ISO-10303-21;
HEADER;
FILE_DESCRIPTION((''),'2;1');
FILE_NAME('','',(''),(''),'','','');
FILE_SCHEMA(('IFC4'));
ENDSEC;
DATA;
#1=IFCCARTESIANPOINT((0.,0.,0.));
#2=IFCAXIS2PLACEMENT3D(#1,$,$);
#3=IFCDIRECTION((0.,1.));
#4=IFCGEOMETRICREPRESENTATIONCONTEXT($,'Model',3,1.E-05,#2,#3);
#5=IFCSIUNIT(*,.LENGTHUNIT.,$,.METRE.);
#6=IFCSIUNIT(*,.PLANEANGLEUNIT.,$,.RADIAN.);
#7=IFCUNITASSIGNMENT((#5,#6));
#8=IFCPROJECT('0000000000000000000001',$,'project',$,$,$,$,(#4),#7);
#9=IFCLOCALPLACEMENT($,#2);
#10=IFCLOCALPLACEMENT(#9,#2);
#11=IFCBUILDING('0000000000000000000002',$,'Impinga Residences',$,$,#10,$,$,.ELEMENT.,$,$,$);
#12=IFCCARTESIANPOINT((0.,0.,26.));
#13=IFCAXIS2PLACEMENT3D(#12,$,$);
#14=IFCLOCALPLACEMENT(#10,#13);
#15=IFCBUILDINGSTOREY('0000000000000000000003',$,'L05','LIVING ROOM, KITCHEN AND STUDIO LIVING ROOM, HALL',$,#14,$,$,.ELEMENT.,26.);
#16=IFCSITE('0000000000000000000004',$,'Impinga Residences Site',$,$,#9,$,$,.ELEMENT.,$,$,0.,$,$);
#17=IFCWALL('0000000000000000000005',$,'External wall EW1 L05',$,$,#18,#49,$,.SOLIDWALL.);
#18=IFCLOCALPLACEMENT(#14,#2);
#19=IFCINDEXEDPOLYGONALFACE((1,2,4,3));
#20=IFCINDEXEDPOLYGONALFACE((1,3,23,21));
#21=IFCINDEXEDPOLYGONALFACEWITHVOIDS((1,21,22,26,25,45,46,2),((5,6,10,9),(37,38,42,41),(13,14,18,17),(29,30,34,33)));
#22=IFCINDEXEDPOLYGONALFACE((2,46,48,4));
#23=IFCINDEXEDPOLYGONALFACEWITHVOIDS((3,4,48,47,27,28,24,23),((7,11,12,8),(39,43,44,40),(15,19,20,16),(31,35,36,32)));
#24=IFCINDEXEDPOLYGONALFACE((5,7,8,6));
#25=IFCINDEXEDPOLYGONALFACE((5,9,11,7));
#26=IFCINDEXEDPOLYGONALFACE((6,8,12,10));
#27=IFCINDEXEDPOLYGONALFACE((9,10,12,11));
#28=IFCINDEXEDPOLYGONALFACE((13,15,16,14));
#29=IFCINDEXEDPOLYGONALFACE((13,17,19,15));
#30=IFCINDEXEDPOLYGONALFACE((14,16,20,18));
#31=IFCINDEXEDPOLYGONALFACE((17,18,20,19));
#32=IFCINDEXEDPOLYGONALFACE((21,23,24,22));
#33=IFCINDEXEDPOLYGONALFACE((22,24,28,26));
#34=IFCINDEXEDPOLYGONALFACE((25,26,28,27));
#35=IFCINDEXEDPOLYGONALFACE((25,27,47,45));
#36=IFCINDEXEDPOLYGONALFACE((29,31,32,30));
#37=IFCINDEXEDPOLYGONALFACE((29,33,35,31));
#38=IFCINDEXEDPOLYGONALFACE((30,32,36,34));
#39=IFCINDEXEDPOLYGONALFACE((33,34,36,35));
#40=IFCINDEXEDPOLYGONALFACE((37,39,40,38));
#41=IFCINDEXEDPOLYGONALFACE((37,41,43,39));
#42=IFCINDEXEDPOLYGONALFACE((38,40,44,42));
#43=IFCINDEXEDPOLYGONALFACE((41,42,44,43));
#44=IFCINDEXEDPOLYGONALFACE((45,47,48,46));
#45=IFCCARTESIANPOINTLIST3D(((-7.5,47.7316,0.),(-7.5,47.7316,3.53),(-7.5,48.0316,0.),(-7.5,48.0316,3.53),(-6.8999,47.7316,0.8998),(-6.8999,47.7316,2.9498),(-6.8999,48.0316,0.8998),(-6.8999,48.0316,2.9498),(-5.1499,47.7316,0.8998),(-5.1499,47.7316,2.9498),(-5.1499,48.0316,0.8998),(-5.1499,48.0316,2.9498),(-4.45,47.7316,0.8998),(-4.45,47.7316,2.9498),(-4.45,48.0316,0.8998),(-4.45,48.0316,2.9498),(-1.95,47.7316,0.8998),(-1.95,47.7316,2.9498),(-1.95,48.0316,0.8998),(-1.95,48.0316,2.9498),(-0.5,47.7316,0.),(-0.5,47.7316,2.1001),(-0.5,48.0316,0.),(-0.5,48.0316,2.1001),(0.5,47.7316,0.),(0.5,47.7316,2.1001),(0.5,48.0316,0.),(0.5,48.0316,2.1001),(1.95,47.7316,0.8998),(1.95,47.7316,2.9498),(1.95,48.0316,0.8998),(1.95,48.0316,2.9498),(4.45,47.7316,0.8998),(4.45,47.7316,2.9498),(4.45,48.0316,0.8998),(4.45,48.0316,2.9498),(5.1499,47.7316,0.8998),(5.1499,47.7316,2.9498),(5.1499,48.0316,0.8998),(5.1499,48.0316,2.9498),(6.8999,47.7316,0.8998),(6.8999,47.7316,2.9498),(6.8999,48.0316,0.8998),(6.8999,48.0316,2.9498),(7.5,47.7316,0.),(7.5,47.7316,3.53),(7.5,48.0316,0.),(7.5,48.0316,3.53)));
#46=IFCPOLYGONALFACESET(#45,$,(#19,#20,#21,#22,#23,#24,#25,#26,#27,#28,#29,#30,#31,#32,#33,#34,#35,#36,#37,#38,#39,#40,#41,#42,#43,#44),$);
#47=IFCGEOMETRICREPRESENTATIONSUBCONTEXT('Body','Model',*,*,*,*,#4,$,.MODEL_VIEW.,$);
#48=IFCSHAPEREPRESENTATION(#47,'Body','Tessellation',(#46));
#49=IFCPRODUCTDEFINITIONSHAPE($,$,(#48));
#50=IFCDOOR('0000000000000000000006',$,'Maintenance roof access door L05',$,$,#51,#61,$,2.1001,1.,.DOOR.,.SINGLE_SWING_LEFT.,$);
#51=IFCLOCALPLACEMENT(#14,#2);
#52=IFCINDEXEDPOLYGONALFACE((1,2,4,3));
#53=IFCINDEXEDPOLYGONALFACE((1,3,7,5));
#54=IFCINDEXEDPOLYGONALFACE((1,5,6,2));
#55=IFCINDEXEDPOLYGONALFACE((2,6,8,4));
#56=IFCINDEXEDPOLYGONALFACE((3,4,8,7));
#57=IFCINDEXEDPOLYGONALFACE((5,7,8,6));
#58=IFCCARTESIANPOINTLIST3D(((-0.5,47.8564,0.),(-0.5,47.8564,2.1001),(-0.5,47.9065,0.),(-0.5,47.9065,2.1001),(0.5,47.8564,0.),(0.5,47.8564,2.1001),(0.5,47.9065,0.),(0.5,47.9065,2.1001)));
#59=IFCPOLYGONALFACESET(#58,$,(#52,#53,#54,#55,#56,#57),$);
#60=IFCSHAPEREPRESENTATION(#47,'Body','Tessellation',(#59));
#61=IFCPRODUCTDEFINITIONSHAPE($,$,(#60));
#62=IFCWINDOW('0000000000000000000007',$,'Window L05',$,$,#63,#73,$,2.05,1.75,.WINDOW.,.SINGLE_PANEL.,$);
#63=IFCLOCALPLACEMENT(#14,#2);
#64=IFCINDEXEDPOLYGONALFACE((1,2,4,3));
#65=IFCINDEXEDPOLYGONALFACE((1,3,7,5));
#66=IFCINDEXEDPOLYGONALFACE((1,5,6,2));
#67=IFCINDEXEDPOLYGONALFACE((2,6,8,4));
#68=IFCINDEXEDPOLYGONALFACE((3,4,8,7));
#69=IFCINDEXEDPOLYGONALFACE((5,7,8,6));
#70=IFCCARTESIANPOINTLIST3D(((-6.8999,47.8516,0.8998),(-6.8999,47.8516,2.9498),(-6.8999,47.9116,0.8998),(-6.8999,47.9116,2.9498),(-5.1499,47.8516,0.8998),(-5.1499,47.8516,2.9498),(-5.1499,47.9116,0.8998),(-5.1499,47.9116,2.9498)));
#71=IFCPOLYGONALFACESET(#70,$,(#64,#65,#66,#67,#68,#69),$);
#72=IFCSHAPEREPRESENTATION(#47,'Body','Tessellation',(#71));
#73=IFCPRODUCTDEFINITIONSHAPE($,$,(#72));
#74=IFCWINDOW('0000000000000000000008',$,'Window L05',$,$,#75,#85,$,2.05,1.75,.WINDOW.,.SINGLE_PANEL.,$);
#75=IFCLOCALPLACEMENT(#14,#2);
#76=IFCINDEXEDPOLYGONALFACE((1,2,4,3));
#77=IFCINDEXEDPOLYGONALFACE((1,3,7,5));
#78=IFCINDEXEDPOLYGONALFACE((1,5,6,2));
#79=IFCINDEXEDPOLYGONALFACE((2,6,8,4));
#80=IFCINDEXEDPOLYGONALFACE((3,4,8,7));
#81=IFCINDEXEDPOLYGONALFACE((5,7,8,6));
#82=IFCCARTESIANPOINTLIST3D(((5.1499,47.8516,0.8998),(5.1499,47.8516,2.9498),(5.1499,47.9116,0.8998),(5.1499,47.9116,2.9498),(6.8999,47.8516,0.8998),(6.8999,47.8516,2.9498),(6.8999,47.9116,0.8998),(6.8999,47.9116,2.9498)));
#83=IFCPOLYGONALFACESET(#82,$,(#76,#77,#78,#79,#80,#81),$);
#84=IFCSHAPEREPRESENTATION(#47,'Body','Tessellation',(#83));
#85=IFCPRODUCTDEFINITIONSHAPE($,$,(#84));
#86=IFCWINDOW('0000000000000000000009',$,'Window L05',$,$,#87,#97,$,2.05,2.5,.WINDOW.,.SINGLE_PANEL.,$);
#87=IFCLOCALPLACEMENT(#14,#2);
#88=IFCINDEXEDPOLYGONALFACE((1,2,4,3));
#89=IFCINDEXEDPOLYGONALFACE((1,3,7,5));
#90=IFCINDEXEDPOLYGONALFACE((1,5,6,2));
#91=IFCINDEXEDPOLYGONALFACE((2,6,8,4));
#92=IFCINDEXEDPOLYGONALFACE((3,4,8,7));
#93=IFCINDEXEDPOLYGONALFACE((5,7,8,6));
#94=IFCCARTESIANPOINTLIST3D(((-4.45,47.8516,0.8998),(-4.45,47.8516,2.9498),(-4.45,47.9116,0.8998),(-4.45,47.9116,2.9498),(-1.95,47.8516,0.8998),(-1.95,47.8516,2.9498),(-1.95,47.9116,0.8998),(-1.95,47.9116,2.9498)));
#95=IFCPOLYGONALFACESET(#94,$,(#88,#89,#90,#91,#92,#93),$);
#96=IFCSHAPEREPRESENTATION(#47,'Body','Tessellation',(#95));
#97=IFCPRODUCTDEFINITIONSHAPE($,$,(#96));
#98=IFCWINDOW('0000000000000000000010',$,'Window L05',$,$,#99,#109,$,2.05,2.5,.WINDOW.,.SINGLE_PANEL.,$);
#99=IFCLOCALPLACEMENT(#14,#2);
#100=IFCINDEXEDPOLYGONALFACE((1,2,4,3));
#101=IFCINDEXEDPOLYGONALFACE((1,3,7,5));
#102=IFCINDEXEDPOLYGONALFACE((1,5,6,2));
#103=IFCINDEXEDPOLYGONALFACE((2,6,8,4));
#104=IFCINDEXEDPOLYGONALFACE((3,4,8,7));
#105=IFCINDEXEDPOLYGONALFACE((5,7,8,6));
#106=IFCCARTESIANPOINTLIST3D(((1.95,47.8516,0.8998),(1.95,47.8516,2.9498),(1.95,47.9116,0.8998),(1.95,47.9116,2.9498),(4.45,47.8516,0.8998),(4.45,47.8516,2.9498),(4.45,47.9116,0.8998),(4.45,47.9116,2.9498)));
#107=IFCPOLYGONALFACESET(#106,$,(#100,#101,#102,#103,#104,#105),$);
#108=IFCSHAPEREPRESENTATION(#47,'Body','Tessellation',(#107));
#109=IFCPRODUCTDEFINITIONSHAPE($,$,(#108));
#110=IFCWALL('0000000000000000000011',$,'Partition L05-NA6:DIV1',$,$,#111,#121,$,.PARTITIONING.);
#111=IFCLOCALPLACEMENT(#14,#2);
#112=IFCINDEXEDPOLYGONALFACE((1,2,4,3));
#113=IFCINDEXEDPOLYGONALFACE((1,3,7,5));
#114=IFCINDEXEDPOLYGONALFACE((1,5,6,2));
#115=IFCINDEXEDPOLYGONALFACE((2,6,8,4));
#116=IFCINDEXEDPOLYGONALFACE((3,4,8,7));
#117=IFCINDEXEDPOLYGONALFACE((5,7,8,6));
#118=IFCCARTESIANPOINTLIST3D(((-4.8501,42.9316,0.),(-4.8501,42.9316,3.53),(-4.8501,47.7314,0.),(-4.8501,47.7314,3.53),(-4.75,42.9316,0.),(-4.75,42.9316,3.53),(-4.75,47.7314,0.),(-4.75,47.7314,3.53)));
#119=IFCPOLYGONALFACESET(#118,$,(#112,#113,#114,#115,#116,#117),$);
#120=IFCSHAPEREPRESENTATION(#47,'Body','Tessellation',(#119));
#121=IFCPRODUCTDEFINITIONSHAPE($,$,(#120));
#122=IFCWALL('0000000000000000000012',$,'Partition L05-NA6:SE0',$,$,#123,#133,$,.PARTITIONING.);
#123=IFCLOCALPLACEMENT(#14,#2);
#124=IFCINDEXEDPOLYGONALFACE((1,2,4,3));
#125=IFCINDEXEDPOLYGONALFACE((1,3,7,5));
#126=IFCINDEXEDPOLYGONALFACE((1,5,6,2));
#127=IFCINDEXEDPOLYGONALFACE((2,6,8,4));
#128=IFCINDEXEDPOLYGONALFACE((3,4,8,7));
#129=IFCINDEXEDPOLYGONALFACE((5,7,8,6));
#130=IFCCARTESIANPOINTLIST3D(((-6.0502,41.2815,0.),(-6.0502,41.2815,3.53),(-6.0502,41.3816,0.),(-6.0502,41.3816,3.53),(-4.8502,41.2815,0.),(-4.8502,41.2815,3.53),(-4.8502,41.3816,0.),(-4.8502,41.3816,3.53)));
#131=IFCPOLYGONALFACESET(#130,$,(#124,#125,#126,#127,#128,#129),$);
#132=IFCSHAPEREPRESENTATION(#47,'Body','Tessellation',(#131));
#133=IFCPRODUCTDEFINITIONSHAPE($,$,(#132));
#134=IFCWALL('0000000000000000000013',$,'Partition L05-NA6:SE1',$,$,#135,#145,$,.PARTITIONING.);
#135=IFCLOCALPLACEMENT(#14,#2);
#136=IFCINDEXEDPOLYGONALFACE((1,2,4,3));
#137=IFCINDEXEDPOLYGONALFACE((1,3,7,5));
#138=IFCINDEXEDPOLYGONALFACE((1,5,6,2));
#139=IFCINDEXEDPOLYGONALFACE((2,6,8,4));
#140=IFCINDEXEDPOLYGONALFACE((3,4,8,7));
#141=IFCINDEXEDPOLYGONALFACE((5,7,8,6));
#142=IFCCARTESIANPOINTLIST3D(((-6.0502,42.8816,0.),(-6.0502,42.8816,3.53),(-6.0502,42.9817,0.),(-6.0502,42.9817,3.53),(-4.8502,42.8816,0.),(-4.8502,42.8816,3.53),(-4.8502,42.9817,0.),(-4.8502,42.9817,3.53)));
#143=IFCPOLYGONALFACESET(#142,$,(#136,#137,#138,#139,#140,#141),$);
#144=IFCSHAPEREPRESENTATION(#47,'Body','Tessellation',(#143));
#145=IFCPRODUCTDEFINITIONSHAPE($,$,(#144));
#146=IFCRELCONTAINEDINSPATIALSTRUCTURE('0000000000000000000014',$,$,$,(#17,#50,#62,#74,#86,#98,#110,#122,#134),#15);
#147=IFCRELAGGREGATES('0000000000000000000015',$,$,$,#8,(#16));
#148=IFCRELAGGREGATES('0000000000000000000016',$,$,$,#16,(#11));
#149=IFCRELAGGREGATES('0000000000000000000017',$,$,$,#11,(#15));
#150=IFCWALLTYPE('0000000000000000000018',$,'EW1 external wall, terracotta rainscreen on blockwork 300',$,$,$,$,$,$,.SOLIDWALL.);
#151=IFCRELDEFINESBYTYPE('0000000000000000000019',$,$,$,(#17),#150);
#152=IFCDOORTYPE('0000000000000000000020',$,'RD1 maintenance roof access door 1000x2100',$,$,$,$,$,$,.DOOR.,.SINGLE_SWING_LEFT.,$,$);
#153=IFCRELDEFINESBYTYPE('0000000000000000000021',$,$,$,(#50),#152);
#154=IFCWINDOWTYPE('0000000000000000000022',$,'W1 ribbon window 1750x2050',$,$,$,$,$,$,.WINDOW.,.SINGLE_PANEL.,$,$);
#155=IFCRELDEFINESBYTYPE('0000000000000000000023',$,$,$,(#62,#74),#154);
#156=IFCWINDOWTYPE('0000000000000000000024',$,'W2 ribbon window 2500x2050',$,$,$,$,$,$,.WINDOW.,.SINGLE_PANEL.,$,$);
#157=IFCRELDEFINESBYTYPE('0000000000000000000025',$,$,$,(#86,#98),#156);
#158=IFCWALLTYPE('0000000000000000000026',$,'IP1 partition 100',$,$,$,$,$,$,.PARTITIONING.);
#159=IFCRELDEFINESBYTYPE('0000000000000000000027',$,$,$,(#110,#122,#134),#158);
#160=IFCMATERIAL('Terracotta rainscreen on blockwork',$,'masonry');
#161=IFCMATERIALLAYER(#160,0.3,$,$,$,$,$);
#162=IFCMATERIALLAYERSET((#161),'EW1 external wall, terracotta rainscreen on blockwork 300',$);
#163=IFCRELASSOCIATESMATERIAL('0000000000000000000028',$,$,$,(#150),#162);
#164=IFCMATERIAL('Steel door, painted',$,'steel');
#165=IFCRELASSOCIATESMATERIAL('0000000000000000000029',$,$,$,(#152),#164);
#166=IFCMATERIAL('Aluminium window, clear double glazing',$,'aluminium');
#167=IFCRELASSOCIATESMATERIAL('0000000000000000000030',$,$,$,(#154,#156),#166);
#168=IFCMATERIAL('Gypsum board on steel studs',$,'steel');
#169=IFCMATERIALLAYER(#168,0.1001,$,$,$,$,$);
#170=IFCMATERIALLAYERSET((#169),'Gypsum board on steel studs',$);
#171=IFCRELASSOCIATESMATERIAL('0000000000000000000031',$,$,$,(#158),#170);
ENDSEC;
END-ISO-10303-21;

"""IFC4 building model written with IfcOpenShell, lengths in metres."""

from ifc_helpers import new_model, si_unit, direction, frame, frame_2d, origin, place, context, subcontext, project, spatial, rectangle, extrude, material, layer, layer_set, type_object, element, fill, save


model = new_model("IFC4")

# Units and contexts
model_context = context("Model", 3, precision=1e-05, world=origin(), true_north=direction((0.0, 1.0)))
body_context = subcontext(model_context, "Body", "Model", "MODEL_VIEW")
ifc_project = project(units=[si_unit("LENGTHUNIT", "METRE"), si_unit("PLANEANGLEUNIT", "RADIAN")], contexts=[model_context])

# Site, building, storey
site_placement = place(None, origin())
site = spatial("IfcSite", under=ifc_project, at=site_placement, Name="Impinga Residences Site", CompositionType="ELEMENT", RefElevation=0.0)
building_placement = place(site_placement, origin())
building = spatial("IfcBuilding", under=site, at=building_placement, Name="Impinga Residences", CompositionType="ELEMENT")
storey_placement = place(building_placement, frame((0.0, 0.0, 26.0)))
storey = spatial("IfcBuildingStorey", under=building, at=storey_placement, Name="L05", Description="LIVING ROOM, KITCHEN AND STUDIO LIVING ROOM, HALL", CompositionType="ELEMENT", Elevation=26.0)

# Shared definitions
ifc_material_1 = material(Name="Terracotta rainscreen on blockwork", Category="masonry")
ifc_layer_1 = layer(ifc_material_1, 0.3)
ifc_layer_set_1 = layer_set([ifc_layer_1], Name="EW1 external wall, terracotta rainscreen on blockwork 300")
wall_type_1 = type_object("IfcWallType", Name="EW1 external wall, terracotta rainscreen on blockwork 300", PredefinedType="SOLIDWALL", material=ifc_layer_set_1)

# Wall, openings, door, windows
wall_1_placement = place(storey_placement, frame((-7.5, 47.8816, 0.0), z_axis=(0.0, 0.0, 1.0), x_axis=(1.0, 0.0, 0.0)))
wall_1 = element("IfcWall", 1, at=wall_1_placement, inside=storey, type_object=wall_type_1, Name="External wall EW1 L05", PredefinedType="SOLIDWALL", context=body_context, shape_type="SweptSolid", body=[
    extrude(rectangle(XDim=15.0, YDim=0.3, at=frame_2d((7.5, 0.0))), origin(), (0.0, 0.0, 1.0), 3.53),
])
opening_1_placement = place(wall_1_placement, frame((7.0, 0.0, 0.0)))
opening_1 = element("IfcOpeningElement", 2, at=opening_1_placement, cuts=wall_1, PredefinedType="OPENING", context=body_context, shape_type="SweptSolid", body=[
    extrude(rectangle(XDim=1.0, YDim=2.1001, at=frame_2d((0.5, 1.05))), frame((0.0, 0.1599, 0.0), z_axis=(0.0, -1.0, 0.0), x_axis=(1.0, 0.0, 0.0)), (0.0, 0.0, 1.0), 0.3201),
])
opening_2_placement = place(wall_1_placement, frame((0.6001, 0.0, 0.8999)))
opening_2 = element("IfcOpeningElement", 3, at=opening_2_placement, cuts=wall_1, PredefinedType="OPENING", context=body_context, shape_type="SweptSolid", body=[
    extrude(rectangle(XDim=1.75, YDim=2.05, at=frame_2d((0.875, 1.0249))), frame((0.0, 0.1599, 0.0), z_axis=(0.0, -1.0, 0.0), x_axis=(1.0, 0.0, 0.0)), (0.0, 0.0, 1.0), 0.3201),
])
opening_3_placement = place(wall_1_placement, frame((3.05, 0.0, 0.8999)))
opening_3 = element("IfcOpeningElement", 4, at=opening_3_placement, cuts=wall_1, PredefinedType="OPENING", context=body_context, shape_type="SweptSolid", body=[
    extrude(rectangle(XDim=2.5, YDim=2.05, at=frame_2d((1.25, 1.0249))), frame((0.0, 0.1599, 0.0), z_axis=(0.0, -1.0, 0.0), x_axis=(1.0, 0.0, 0.0)), (0.0, 0.0, 1.0), 0.3201),
])
opening_4_placement = place(wall_1_placement, frame((9.45, 0.0, 0.8999)))
opening_4 = element("IfcOpeningElement", 5, at=opening_4_placement, cuts=wall_1, PredefinedType="OPENING", context=body_context, shape_type="SweptSolid", body=[
    extrude(rectangle(XDim=2.5, YDim=2.05, at=frame_2d((1.25, 1.0249))), frame((0.0, 0.1599, 0.0), z_axis=(0.0, -1.0, 0.0), x_axis=(1.0, 0.0, 0.0)), (0.0, 0.0, 1.0), 0.3201),
])
opening_5_placement = place(wall_1_placement, frame((12.6499, 0.0, 0.8999)))
opening_5 = element("IfcOpeningElement", 6, at=opening_5_placement, cuts=wall_1, PredefinedType="OPENING", context=body_context, shape_type="SweptSolid", body=[
    extrude(rectangle(XDim=1.75, YDim=2.05, at=frame_2d((0.875, 1.0249))), frame((0.0, 0.1599, 0.0), z_axis=(0.0, -1.0, 0.0), x_axis=(1.0, 0.0, 0.0)), (0.0, 0.0, 1.0), 0.3201),
])
ifc_material_2 = material(Name="Steel door, painted", Category="steel")
door_type_1 = type_object("IfcDoorType", Name="RD1 maintenance roof access door 1000x2100", OperationType="SINGLE_SWING_LEFT", PredefinedType="DOOR", material=ifc_material_2)
door_1_placement = place(opening_1_placement, origin())
door_1 = element("IfcDoor", 7, at=door_1_placement, inside=storey, type_object=door_type_1, Name="Maintenance roof access door L05", OperationType="SINGLE_SWING_LEFT", OverallHeight=2.1001, OverallWidth=1.0, PredefinedType="DOOR", context=body_context, shape_type="SweptSolid", body=[
    extrude(rectangle(XDim=1.0, YDim=2.1001, at=frame_2d((0.5, 1.05))), frame((0.0, 0.0249, 0.0), z_axis=(0.0, -1.0, 0.0), x_axis=(1.0, 0.0, 0.0)), (0.0, 0.0, 1.0), 0.05),
])
fill(opening_1, door_1)
ifc_material_3 = material(Name="Aluminium window, clear double glazing", Category="aluminium")
window_type_1 = type_object("IfcWindowType", Name="W1 ribbon window 1750x2050", PartitioningType="SINGLE_PANEL", PredefinedType="WINDOW", material=ifc_material_3)
window_1_placement = place(opening_2_placement, origin())
window_1 = element("IfcWindow", 8, at=window_1_placement, inside=storey, type_object=window_type_1, Name="Window L05", OverallHeight=2.05, OverallWidth=1.75, PartitioningType="SINGLE_PANEL", PredefinedType="WINDOW", context=body_context, shape_type="SweptSolid", body=[
    extrude(rectangle(XDim=1.75, YDim=2.05, at=frame_2d((0.875, 1.0249))), frame((0.0, 0.03, 0.0), z_axis=(0.0, -1.0, 0.0), x_axis=(1.0, 0.0, 0.0)), (0.0, 0.0, 1.0), 0.0601),
])
fill(opening_2, window_1)
window_2_placement = place(opening_5_placement, origin())
window_2 = element("IfcWindow", 9, at=window_2_placement, inside=storey, type_object=window_type_1, Name="Window L05", OverallHeight=2.05, OverallWidth=1.75, PartitioningType="SINGLE_PANEL", PredefinedType="WINDOW", context=body_context, shape_type="SweptSolid", body=[
    extrude(rectangle(XDim=1.75, YDim=2.05, at=frame_2d((0.875, 1.0249))), frame((0.0, 0.03, 0.0), z_axis=(0.0, -1.0, 0.0), x_axis=(1.0, 0.0, 0.0)), (0.0, 0.0, 1.0), 0.0601),
])
fill(opening_5, window_2)
window_type_2 = type_object("IfcWindowType", Name="W2 ribbon window 2500x2050", PartitioningType="SINGLE_PANEL", PredefinedType="WINDOW", material=ifc_material_3)
window_3_placement = place(opening_3_placement, origin())
window_3 = element("IfcWindow", 10, at=window_3_placement, inside=storey, type_object=window_type_2, Name="Window L05", OverallHeight=2.05, OverallWidth=2.5, PartitioningType="SINGLE_PANEL", PredefinedType="WINDOW", context=body_context, shape_type="SweptSolid", body=[
    extrude(rectangle(XDim=2.5, YDim=2.05, at=frame_2d((1.25, 1.0249))), frame((0.0, 0.03, 0.0), z_axis=(0.0, -1.0, 0.0), x_axis=(1.0, 0.0, 0.0)), (0.0, 0.0, 1.0), 0.0601),
])
fill(opening_3, window_3)
window_4_placement = place(opening_4_placement, origin())
window_4 = element("IfcWindow", 11, at=window_4_placement, inside=storey, type_object=window_type_2, Name="Window L05", OverallHeight=2.05, OverallWidth=2.5, PartitioningType="SINGLE_PANEL", PredefinedType="WINDOW", context=body_context, shape_type="SweptSolid", body=[
    extrude(rectangle(XDim=2.5, YDim=2.05, at=frame_2d((1.25, 1.0249))), frame((0.0, 0.03, 0.0), z_axis=(0.0, -1.0, 0.0), x_axis=(1.0, 0.0, 0.0)), (0.0, 0.0, 1.0), 0.0601),
])
fill(opening_4, window_4)

# Walls
ifc_material_4 = material(Name="Gypsum board on steel studs", Category="steel")
ifc_layer_2 = layer(ifc_material_4, 0.1001)
ifc_layer_set_2 = layer_set([ifc_layer_2], Name="Gypsum board on steel studs")
wall_type_2 = type_object("IfcWallType", Name="IP1 partition 100", PredefinedType="PARTITIONING", material=ifc_layer_set_2)
wall_2_placement = place(storey_placement, frame((-4.8, 42.9316, 0.0), z_axis=(0.0, 0.0, 1.0), x_axis=(0.0, 1.0, 0.0)))
element("IfcWall", 12, at=wall_2_placement, inside=storey, type_object=wall_type_2, Name="Partition L05-NA6:DIV1", PredefinedType="PARTITIONING", context=body_context, shape_type="SweptSolid", body=[
    extrude(rectangle(XDim=4.7998, YDim=0.1001, at=frame_2d((2.3999, 0.0))), origin(), (0.0, 0.0, 1.0), 3.53),
])
for number, where, z_axis, x_axis, name in (
    (13, (-4.8501, 41.3315, 0.0), (0.0, 0.0, 1.0), (-1.0, 0.0, 0.0), "Partition L05-NA6:SE0"),
    (14, (-4.8501, 42.9316, 0.0), (0.0, 0.0, 1.0), (-1.0, 0.0, 0.0), "Partition L05-NA6:SE1"),
):
    element("IfcWall", number, at=place(storey_placement, frame(where, z_axis=z_axis, x_axis=x_axis)), inside=storey, type_object=wall_type_2, Name=name, PredefinedType="PARTITIONING", context=body_context, shape_type="SweptSolid", body=[
        extrude(rectangle(XDim=1.2, YDim=0.1001, at=frame_2d((0.6001, 0.0))), origin(), (0.0, 0.0, 1.0), 3.53),
    ])

save(model, "model.ifc")
